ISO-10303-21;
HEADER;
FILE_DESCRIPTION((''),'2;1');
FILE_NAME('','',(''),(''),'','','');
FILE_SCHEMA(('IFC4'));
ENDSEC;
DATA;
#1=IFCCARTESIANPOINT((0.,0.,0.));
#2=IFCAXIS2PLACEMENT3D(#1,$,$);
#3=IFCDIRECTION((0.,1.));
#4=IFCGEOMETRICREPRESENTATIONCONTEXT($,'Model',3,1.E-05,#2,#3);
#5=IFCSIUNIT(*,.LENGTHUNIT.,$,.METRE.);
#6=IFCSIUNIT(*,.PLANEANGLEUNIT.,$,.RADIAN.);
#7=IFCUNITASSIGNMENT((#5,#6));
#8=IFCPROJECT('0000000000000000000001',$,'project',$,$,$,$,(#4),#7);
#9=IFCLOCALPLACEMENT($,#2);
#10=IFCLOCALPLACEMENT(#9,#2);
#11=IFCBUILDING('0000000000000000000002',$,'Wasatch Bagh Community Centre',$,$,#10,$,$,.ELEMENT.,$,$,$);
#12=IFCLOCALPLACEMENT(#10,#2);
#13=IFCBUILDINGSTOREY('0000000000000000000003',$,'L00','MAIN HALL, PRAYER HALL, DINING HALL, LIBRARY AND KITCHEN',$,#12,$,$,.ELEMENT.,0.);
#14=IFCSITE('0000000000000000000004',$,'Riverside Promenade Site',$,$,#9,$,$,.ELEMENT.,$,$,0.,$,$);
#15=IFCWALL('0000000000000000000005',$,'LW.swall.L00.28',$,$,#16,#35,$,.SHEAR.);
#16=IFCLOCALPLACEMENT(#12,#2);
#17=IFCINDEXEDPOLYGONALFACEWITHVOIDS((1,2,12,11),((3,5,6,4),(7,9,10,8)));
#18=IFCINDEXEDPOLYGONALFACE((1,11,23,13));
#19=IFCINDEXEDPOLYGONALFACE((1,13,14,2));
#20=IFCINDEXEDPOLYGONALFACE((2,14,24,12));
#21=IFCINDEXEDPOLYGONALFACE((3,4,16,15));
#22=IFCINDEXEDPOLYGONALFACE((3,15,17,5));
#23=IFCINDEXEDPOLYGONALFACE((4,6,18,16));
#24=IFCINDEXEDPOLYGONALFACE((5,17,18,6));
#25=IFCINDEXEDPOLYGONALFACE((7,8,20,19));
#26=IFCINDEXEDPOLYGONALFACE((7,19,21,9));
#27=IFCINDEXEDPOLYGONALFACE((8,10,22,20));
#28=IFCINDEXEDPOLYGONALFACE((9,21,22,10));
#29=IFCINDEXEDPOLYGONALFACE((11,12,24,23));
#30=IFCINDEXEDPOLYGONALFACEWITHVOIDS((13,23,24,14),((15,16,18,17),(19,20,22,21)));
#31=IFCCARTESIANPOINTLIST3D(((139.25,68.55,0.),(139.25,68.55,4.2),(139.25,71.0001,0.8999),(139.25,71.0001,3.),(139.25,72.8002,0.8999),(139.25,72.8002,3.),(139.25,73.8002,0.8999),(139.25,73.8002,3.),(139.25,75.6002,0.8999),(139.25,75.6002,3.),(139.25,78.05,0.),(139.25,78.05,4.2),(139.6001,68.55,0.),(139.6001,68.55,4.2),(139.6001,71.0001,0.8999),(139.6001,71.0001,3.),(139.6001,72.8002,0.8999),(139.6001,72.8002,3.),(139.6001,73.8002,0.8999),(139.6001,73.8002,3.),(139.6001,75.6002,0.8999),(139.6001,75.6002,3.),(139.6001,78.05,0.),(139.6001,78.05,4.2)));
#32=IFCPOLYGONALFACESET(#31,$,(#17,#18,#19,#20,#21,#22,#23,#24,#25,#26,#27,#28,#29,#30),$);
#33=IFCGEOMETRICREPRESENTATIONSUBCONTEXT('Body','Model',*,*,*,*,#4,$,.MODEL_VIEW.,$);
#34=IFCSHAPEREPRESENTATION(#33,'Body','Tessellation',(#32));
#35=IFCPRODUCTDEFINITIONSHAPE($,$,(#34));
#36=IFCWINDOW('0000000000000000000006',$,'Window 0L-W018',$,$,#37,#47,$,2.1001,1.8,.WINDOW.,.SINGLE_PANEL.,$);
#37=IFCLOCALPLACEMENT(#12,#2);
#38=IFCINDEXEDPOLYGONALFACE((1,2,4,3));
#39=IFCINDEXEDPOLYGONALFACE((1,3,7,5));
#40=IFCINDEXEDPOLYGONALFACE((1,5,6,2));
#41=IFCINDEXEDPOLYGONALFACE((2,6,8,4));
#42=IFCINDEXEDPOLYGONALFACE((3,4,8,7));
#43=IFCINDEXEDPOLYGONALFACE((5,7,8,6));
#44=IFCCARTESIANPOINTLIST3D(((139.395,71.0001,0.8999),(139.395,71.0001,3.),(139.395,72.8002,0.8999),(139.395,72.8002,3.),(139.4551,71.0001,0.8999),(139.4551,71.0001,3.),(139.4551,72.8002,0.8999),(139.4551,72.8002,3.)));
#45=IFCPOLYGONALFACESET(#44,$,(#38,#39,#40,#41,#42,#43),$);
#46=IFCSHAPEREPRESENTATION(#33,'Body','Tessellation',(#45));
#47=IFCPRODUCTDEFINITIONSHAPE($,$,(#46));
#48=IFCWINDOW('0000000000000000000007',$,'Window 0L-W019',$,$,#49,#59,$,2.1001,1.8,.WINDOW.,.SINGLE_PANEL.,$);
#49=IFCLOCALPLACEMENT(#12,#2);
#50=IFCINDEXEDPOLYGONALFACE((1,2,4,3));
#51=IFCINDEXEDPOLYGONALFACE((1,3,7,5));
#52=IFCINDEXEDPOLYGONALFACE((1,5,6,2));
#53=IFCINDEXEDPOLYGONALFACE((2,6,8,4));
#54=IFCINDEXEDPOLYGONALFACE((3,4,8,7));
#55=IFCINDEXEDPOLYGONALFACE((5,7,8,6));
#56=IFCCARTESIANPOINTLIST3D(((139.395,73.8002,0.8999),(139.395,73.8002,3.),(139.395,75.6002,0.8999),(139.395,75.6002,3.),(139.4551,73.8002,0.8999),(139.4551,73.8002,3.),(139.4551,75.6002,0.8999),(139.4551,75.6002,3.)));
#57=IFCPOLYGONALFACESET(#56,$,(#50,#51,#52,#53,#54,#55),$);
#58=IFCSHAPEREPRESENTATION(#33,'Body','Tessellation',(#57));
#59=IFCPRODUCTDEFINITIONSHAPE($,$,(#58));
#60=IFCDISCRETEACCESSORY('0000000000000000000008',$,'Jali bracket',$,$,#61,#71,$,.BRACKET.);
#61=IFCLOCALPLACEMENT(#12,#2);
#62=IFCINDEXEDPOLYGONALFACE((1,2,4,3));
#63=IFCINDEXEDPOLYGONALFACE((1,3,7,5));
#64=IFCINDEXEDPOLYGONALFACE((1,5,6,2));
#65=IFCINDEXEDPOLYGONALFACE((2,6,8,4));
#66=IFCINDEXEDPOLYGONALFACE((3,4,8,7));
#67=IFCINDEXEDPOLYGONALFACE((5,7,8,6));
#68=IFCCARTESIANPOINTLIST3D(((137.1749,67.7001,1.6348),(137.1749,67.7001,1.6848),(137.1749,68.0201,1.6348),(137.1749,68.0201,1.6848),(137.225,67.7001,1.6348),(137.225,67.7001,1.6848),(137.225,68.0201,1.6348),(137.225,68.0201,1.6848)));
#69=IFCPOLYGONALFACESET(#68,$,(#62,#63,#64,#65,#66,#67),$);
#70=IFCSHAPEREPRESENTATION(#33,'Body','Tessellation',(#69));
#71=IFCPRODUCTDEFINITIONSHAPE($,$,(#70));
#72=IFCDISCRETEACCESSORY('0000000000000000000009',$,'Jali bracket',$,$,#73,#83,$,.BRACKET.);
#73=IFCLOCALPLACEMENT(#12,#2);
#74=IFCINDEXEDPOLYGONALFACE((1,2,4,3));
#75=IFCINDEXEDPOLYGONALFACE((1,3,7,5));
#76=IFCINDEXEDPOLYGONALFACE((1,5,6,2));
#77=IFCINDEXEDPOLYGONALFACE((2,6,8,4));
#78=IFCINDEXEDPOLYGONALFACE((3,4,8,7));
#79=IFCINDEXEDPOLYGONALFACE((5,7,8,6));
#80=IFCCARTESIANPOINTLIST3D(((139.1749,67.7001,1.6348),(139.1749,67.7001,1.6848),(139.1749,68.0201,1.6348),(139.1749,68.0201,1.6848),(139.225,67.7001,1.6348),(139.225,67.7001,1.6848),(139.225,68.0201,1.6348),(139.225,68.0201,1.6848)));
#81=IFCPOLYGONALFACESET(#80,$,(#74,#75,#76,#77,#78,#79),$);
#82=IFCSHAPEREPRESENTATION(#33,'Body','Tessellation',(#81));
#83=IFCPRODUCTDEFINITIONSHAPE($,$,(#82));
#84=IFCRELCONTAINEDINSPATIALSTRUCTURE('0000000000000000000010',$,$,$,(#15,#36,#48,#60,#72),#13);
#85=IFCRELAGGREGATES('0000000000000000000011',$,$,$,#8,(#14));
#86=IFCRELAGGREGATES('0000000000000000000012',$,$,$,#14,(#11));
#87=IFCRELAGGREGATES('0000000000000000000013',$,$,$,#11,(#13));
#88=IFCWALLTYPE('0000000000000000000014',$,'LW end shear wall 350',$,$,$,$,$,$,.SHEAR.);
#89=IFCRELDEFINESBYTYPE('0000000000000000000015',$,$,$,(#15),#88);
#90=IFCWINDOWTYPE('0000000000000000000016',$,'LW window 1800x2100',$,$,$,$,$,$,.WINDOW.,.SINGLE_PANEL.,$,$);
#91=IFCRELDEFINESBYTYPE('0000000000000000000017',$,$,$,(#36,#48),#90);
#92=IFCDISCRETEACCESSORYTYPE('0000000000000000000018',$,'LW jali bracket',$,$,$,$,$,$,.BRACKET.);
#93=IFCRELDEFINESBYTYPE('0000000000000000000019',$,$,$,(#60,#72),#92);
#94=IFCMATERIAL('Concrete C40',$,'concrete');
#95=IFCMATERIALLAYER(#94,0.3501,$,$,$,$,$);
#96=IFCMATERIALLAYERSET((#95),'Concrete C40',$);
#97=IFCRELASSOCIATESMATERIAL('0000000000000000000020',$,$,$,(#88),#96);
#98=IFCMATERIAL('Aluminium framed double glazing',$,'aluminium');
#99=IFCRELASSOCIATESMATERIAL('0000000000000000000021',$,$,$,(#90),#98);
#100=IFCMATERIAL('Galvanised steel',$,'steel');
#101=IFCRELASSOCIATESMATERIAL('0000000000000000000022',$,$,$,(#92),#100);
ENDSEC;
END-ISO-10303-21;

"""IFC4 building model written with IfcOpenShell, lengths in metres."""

from ifc_helpers import new_model, si_unit, direction, frame, frame_2d, origin, origin_2d, place, context, subcontext, project, spatial, rectangle, extrude, material, layer, layer_set, type_object, element, fill, save


model = new_model("IFC4")

# Units and contexts
model_context = context("Model", 3, precision=1e-05, world=origin(), true_north=direction((0.0, 1.0)))
body_context = subcontext(model_context, "Body", "Model", "MODEL_VIEW")
ifc_project = project(units=[si_unit("LENGTHUNIT", "METRE"), si_unit("PLANEANGLEUNIT", "RADIAN")], contexts=[model_context])

# Site, building, storey
site_placement = place(None, origin())
site = spatial("IfcSite", under=ifc_project, at=site_placement, Name="Riverside Promenade Site", CompositionType="ELEMENT", RefElevation=0.0)
building_placement = place(site_placement, origin())
building = spatial("IfcBuilding", under=site, at=building_placement, Name="Wasatch Bagh Community Centre", CompositionType="ELEMENT")
storey_placement = place(building_placement, origin())
storey = spatial("IfcBuildingStorey", under=building, at=storey_placement, Name="L00", Description="MAIN HALL, PRAYER HALL, DINING HALL, LIBRARY AND KITCHEN", CompositionType="ELEMENT", Elevation=0.0)

# Shared definitions
ifc_material_1 = material(Name="Concrete C40", Category="concrete")

# Wall, openings, windows
ifc_layer_1 = layer(ifc_material_1, 0.3501)
ifc_layer_set_1 = layer_set([ifc_layer_1], Name="Concrete C40")
wall_type_1 = type_object("IfcWallType", Name="LW end shear wall 350", PredefinedType="SHEAR", material=ifc_layer_set_1)
wall_1_placement = place(storey_placement, frame((139.425, 78.05, 0.0), z_axis=(0.0, 0.0, 1.0), x_axis=(0.0, -1.0, 0.0)))
wall_1 = element("IfcWall", 1, at=wall_1_placement, inside=storey, type_object=wall_type_1, Name="LW.swall.L00.28", PredefinedType="SHEAR", context=body_context, shape_type="SweptSolid", body=[
    extrude(rectangle(XDim=9.5, YDim=0.3501, at=frame_2d((4.75, 0.0))), origin(), (0.0, 0.0, 1.0), 4.2),
])
opening_1_placement = place(wall_1_placement, frame((5.25, 0.0, 0.8999)))
opening_1 = element("IfcOpeningElement", 2, at=opening_1_placement, cuts=wall_1, PredefinedType="OPENING", context=body_context, shape_type="SweptSolid", body=[
    extrude(rectangle(XDim=1.8, YDim=2.1001, at=frame_2d((0.8999, 1.05))), frame((0.0, 0.1851, 0.0), z_axis=(0.0, -1.0, 0.0), x_axis=(1.0, 0.0, 0.0)), (0.0, 0.0, 1.0), 0.3701),
])
opening_2_placement = place(wall_1_placement, frame((2.45, 0.0, 0.8999)))
opening_2 = element("IfcOpeningElement", 3, at=opening_2_placement, cuts=wall_1, PredefinedType="OPENING", context=body_context, shape_type="SweptSolid", body=[
    extrude(rectangle(XDim=1.8, YDim=2.1001, at=frame_2d((0.8999, 1.05))), frame((0.0, 0.1851, 0.0), z_axis=(0.0, -1.0, 0.0), x_axis=(1.0, 0.0, 0.0)), (0.0, 0.0, 1.0), 0.3701),
])
ifc_material_2 = material(Name="Aluminium framed double glazing", Category="aluminium")
window_type = type_object("IfcWindowType", Name="LW window 1800x2100", PartitioningType="SINGLE_PANEL", PredefinedType="WINDOW", material=ifc_material_2)
window_1_placement = place(opening_1_placement, origin())
window_1 = element("IfcWindow", 4, at=window_1_placement, inside=storey, type_object=window_type, Name="Window 0L-W018", OverallHeight=2.1001, OverallWidth=1.8, PartitioningType="SINGLE_PANEL", PredefinedType="WINDOW", context=body_context, shape_type="SweptSolid", body=[
    extrude(rectangle(XDim=1.8, YDim=2.1001, at=frame_2d((0.8999, 1.05))), frame((0.0, 0.03, 0.0), z_axis=(0.0, -1.0, 0.0), x_axis=(1.0, 0.0, 0.0)), (0.0, 0.0, 1.0), 0.0601),
])
fill(opening_1, window_1)
window_2_placement = place(opening_2_placement, origin())
window_2 = element("IfcWindow", 5, at=window_2_placement, inside=storey, type_object=window_type, Name="Window 0L-W019", OverallHeight=2.1001, OverallWidth=1.8, PartitioningType="SINGLE_PANEL", PredefinedType="WINDOW", context=body_context, shape_type="SweptSolid", body=[
    extrude(rectangle(XDim=1.8, YDim=2.1001, at=frame_2d((0.8999, 1.05))), frame((0.0, 0.03, 0.0), z_axis=(0.0, -1.0, 0.0), x_axis=(1.0, 0.0, 0.0)), (0.0, 0.0, 1.0), 0.0601),
])
fill(opening_2, window_2)

# Discrete accessories
ifc_material_3 = material(Name="Galvanised steel", Category="steel")
discrete_accessory_type = type_object("IfcDiscreteAccessoryType", Name="LW jali bracket", PredefinedType="BRACKET", material=ifc_material_3)
for number, where, z_axis, x_axis, name in (
    (6, (137.2, 67.8601, 1.6348), (0.0, 0.0, 1.0), (1.0, 0.0, 0.0), "Jali bracket"),
    (7, (139.2, 67.8601, 1.6348), (0.0, 0.0, 1.0), (1.0, 0.0, 0.0), "Jali bracket"),
):
    element("IfcDiscreteAccessory", number, at=place(storey_placement, frame(where, z_axis=z_axis, x_axis=x_axis)), inside=storey, type_object=discrete_accessory_type, Name=name, PredefinedType="BRACKET", context=body_context, shape_type="SweptSolid", body=[
        extrude(rectangle(XDim=0.05, YDim=0.3201, at=origin_2d()), origin(), (0.0, 0.0, 1.0), 0.05),
    ])

save(model, "model.ifc")
